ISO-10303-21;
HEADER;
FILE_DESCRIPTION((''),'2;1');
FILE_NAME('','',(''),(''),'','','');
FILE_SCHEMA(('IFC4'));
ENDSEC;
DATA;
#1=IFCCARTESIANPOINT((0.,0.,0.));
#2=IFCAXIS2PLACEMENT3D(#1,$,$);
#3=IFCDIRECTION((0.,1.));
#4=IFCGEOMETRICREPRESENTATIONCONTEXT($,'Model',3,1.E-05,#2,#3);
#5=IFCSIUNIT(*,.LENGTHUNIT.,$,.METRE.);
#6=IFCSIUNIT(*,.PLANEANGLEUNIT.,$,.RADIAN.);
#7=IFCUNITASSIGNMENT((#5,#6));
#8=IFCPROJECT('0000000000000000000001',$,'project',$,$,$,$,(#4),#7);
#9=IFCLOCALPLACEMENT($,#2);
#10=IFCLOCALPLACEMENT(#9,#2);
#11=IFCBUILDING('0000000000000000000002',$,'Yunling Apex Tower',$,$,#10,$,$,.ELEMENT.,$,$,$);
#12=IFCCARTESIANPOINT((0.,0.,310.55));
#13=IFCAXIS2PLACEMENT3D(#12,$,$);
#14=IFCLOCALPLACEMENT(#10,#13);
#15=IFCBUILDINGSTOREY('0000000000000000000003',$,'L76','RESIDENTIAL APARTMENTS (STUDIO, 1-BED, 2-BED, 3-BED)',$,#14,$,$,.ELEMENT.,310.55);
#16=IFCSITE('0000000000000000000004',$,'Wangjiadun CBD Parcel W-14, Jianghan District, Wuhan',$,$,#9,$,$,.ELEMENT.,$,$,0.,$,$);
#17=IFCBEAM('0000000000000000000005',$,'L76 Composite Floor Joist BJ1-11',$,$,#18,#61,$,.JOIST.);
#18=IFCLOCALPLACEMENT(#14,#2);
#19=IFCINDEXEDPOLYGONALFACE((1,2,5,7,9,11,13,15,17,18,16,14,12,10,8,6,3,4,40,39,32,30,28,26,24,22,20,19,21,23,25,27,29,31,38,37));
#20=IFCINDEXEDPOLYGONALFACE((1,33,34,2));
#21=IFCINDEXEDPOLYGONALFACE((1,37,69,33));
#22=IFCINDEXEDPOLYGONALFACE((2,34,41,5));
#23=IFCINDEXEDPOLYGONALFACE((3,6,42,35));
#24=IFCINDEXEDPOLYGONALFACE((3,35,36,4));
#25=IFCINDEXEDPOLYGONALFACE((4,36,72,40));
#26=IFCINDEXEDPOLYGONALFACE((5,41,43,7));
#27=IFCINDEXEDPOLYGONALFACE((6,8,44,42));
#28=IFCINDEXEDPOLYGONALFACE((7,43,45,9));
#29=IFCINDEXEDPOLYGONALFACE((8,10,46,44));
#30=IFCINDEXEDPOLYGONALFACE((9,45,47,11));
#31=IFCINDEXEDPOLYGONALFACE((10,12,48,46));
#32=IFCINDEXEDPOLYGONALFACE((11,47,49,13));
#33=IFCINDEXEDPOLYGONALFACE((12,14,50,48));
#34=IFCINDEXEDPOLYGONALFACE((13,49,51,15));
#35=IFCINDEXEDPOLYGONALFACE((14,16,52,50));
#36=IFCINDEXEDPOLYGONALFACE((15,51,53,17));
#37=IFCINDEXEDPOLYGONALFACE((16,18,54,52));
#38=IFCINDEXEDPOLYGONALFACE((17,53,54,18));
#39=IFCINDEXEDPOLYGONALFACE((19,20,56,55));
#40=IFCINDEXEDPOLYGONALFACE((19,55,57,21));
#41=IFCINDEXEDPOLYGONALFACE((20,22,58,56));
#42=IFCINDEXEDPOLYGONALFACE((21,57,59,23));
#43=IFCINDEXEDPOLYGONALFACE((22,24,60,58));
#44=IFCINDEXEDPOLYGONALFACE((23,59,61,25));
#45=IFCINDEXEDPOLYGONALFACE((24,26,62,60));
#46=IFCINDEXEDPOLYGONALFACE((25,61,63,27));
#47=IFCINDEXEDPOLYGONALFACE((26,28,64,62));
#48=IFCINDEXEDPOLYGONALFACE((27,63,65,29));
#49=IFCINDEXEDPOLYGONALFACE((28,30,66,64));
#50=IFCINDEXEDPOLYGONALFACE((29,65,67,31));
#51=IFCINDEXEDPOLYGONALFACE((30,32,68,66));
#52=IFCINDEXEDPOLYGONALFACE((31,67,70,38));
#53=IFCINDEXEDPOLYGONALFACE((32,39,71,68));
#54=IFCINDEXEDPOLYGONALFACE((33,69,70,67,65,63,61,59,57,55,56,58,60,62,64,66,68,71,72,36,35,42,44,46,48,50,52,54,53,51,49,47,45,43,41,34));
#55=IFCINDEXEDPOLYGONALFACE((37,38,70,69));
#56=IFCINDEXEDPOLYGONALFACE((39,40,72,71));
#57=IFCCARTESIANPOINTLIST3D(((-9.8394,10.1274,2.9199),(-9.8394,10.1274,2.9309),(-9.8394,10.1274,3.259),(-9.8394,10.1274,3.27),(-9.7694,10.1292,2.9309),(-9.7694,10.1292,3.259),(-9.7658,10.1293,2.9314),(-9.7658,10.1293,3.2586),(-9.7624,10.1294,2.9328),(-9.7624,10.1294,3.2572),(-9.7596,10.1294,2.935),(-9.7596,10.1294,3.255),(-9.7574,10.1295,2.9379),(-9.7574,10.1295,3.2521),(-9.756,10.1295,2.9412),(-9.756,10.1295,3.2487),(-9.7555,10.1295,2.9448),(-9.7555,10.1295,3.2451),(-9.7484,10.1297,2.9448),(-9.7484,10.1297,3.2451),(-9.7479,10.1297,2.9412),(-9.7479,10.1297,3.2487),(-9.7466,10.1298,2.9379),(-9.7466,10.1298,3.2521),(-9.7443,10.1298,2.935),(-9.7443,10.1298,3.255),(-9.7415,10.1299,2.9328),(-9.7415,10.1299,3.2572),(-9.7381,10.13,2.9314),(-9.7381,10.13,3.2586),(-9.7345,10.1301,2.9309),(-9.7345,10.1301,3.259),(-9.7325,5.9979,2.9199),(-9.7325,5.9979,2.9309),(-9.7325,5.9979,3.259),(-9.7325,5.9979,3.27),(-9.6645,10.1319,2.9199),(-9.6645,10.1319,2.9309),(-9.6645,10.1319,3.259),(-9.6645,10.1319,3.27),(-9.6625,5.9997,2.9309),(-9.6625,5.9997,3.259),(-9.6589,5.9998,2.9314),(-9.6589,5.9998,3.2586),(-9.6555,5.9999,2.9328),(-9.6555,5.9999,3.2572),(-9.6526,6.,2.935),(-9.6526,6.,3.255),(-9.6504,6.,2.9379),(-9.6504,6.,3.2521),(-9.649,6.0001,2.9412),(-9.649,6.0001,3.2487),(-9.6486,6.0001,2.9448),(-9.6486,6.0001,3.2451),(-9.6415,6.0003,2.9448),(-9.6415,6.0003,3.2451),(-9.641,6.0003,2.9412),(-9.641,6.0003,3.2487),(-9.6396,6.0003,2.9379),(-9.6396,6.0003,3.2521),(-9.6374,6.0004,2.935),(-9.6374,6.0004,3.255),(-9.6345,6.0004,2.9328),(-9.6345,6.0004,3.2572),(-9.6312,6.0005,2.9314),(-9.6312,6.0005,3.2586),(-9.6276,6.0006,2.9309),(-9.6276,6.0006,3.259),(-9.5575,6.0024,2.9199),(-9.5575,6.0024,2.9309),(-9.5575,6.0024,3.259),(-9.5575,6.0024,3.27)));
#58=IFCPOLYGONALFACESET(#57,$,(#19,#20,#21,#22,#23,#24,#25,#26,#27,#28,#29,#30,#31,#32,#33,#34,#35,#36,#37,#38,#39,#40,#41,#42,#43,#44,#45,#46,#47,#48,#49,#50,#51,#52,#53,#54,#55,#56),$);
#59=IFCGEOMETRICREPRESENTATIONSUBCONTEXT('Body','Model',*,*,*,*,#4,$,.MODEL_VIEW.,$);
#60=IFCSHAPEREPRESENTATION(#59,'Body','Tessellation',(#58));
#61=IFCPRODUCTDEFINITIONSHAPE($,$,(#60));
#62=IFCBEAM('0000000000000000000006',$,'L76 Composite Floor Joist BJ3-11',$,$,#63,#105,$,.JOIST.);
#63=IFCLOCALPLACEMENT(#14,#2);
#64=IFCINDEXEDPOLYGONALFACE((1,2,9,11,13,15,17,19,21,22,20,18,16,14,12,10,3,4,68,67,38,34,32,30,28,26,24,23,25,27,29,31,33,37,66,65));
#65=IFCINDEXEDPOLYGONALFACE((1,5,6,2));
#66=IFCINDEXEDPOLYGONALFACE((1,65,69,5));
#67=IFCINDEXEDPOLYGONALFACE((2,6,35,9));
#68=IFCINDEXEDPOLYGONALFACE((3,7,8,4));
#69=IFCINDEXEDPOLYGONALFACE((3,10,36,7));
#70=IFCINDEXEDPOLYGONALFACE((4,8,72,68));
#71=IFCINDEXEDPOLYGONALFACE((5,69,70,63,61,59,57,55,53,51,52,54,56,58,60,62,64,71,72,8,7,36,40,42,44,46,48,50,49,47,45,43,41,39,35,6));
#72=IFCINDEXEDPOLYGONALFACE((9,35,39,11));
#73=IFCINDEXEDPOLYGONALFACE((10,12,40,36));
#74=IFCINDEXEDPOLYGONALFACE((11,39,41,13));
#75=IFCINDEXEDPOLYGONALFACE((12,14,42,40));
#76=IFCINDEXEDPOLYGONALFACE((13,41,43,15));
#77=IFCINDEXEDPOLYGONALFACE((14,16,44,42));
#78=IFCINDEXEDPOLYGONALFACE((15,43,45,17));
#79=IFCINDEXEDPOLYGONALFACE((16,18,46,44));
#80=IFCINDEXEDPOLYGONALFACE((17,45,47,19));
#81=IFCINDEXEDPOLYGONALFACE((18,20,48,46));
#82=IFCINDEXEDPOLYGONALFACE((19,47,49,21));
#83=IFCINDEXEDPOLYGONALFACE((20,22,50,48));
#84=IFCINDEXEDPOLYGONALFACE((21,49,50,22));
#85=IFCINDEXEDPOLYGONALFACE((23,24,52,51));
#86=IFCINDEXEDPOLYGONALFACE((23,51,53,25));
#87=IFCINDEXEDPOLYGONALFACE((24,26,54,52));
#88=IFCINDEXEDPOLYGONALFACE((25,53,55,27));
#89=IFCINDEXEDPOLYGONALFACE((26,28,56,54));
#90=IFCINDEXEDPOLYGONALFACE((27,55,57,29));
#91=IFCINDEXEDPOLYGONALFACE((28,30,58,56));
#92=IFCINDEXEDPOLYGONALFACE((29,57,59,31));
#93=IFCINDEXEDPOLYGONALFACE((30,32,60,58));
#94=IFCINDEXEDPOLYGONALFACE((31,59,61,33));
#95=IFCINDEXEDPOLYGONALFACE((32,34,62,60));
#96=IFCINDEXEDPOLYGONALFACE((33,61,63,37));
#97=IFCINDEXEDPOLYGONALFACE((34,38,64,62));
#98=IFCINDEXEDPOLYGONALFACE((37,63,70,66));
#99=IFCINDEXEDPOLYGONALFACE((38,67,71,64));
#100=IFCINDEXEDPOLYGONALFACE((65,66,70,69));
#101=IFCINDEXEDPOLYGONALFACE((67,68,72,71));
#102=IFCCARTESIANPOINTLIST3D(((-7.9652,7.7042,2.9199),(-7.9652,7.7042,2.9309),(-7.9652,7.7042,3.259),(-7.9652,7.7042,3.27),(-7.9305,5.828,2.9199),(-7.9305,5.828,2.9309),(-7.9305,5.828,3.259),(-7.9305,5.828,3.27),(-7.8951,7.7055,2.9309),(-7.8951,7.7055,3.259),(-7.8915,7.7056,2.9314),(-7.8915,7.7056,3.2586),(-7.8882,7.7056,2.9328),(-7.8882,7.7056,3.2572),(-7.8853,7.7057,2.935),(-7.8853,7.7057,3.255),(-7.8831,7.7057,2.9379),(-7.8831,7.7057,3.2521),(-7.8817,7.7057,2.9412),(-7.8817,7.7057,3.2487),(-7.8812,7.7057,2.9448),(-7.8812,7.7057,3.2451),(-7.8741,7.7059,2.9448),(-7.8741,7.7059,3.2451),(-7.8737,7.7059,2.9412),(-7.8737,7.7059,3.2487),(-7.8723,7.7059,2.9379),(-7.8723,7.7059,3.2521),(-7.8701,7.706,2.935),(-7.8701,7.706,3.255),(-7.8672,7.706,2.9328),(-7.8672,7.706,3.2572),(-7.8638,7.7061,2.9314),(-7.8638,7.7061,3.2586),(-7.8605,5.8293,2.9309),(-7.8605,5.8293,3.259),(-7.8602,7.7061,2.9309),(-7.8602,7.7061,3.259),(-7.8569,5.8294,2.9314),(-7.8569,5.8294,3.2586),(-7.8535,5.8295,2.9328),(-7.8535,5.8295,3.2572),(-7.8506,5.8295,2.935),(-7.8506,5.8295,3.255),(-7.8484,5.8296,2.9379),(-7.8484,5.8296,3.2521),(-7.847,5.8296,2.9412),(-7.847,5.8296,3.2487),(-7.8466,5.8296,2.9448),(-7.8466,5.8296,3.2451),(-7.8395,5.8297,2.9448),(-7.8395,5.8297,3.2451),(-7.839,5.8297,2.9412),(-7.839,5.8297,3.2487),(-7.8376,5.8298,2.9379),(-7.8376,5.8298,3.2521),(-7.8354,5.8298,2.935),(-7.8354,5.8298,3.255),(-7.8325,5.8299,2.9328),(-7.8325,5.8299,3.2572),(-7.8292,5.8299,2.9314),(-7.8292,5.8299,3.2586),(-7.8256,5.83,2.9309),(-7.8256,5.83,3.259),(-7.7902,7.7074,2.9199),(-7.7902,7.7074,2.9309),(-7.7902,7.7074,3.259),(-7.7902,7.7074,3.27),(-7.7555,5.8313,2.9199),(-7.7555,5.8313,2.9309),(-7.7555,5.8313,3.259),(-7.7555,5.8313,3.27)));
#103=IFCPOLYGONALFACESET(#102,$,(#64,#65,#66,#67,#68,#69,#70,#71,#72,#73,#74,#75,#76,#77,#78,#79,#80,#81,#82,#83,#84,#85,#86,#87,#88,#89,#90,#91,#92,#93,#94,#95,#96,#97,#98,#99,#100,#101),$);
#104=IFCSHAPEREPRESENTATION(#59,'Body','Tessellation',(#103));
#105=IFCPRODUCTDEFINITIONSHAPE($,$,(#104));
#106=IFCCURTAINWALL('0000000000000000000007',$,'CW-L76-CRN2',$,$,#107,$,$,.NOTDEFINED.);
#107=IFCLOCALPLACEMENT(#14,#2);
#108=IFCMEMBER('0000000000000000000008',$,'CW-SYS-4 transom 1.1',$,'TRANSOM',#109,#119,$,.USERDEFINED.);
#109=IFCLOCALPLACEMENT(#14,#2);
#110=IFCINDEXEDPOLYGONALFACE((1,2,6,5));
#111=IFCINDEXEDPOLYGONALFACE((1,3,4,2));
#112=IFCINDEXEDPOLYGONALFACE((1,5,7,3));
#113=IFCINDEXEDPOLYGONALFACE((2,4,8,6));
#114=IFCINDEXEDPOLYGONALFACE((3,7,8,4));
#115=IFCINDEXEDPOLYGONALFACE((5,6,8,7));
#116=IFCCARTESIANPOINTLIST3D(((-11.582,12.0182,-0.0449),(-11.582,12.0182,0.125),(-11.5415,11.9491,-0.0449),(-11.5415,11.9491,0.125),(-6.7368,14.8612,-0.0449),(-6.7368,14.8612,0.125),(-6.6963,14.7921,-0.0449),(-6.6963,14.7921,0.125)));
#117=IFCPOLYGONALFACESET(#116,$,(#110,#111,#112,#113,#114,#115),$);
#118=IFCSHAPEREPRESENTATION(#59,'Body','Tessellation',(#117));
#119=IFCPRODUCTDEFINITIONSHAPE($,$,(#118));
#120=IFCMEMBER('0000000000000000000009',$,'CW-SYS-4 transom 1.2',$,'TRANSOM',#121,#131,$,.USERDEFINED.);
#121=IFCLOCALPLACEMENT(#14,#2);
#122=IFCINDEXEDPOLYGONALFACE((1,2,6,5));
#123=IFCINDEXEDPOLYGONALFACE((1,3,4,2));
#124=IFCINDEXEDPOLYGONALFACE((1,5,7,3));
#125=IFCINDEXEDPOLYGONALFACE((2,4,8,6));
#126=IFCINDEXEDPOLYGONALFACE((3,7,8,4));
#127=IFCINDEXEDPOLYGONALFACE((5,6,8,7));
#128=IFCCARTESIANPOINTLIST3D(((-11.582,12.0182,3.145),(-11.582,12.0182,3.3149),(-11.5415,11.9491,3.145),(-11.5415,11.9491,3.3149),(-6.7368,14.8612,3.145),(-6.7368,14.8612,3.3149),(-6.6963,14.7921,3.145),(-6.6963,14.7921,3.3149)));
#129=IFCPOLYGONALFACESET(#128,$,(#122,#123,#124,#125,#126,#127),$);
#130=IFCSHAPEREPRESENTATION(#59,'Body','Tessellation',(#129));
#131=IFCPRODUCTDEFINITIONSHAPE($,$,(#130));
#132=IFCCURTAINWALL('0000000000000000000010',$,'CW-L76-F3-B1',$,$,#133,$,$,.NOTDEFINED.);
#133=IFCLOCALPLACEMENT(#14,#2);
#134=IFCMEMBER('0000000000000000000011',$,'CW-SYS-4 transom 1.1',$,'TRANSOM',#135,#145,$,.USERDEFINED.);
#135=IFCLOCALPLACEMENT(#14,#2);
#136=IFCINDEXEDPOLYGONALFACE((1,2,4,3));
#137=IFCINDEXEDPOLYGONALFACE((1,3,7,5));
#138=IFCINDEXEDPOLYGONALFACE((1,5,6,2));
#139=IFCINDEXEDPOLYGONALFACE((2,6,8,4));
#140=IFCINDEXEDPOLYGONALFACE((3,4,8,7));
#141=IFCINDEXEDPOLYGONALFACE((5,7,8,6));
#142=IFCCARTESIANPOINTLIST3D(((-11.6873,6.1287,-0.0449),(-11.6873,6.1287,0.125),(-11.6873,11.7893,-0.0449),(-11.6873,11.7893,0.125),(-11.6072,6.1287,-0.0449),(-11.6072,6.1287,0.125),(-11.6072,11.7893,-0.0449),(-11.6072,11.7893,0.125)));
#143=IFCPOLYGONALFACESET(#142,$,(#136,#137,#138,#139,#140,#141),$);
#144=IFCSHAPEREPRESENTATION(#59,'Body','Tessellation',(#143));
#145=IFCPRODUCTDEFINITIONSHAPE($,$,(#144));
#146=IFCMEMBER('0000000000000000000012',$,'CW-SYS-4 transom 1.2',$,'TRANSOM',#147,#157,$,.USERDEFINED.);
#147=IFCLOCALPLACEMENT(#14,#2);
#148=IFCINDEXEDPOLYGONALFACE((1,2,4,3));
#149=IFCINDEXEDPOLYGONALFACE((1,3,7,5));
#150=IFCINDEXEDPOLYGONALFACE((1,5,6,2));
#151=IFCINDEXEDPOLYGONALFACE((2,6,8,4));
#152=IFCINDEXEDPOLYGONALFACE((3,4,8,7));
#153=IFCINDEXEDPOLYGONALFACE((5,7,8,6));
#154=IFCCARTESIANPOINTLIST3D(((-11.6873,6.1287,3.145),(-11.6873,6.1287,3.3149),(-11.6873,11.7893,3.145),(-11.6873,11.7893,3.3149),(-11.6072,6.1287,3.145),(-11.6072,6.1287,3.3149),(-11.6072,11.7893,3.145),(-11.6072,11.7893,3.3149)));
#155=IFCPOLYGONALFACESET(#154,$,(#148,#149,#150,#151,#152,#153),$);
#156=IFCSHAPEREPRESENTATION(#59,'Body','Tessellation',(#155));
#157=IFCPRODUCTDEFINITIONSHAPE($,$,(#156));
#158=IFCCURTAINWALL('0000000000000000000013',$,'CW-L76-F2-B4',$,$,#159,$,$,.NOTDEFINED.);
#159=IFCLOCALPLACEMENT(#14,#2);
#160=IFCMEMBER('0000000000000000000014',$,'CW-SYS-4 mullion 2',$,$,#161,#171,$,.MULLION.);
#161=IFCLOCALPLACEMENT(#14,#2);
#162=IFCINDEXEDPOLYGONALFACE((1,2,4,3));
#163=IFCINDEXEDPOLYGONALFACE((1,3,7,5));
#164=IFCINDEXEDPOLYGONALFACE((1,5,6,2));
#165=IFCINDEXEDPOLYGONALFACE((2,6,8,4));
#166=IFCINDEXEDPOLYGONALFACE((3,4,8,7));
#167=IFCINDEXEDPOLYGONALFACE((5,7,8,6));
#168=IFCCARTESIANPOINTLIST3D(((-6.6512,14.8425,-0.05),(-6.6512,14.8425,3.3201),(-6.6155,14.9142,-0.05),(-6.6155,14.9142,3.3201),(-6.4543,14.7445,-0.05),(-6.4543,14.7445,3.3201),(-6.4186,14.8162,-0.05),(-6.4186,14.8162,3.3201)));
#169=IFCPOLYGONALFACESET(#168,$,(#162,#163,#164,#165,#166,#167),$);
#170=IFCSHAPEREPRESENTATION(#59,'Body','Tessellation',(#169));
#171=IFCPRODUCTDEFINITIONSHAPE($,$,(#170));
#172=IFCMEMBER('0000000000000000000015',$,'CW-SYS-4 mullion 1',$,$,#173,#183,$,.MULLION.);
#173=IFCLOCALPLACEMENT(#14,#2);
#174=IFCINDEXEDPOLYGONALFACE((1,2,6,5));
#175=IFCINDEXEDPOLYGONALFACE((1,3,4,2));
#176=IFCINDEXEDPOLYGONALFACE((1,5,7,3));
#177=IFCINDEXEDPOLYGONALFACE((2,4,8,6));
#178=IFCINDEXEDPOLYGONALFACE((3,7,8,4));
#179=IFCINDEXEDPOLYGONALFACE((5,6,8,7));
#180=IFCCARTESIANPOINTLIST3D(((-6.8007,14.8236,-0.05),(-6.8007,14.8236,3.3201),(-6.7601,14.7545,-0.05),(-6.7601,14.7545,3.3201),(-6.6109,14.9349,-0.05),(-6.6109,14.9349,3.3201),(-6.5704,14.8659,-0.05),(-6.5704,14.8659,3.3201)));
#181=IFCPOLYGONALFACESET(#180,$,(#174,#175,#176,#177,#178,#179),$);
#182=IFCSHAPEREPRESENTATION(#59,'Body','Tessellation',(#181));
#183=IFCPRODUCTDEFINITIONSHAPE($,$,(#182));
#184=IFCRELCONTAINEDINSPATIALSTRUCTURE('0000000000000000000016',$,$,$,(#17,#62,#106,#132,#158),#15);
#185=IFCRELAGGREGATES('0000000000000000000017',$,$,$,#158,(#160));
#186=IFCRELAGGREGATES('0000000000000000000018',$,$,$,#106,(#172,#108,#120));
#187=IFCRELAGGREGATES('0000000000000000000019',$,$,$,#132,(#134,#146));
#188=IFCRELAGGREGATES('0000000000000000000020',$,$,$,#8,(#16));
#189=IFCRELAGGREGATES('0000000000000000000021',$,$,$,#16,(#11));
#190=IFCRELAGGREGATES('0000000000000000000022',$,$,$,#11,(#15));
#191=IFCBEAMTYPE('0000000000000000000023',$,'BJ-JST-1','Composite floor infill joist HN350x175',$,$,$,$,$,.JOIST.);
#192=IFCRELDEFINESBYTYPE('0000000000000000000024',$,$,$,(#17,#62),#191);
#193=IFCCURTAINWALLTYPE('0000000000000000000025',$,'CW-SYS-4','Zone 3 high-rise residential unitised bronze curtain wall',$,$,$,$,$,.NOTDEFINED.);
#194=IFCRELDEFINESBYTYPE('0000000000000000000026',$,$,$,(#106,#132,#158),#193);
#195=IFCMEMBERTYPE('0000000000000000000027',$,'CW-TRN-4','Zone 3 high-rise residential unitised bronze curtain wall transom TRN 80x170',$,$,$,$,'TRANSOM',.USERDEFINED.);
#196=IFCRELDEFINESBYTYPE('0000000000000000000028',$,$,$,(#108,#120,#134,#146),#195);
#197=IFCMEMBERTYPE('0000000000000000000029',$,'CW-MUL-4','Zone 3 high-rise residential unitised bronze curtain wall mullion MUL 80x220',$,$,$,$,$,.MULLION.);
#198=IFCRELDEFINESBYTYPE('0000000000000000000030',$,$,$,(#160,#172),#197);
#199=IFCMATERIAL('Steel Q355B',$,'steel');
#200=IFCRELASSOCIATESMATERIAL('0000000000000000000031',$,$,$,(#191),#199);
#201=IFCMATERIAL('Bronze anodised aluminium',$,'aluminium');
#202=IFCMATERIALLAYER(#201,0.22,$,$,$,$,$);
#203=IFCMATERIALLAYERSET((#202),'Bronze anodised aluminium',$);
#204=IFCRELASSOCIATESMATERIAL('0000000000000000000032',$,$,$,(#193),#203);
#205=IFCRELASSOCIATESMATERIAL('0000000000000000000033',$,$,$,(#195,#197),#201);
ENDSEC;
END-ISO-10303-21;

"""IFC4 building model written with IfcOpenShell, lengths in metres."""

from ifc_helpers import new_model, si_unit, direction, frame, origin, origin_2d, place, context, subcontext, project, spatial, rectangle, i_section, extrude, source, transform, mapped, material, layer, layer_set, material_profile, profile_set, type_object, element, aggregate, save


model = new_model("IFC4")

# Units and contexts
model_context = context("Model", 3, precision=1e-05, world=origin(), true_north=direction((0.0, 1.0)))
body_context = subcontext(model_context, "Body", "Model", "MODEL_VIEW")
ifc_project = project(units=[si_unit("LENGTHUNIT", "METRE"), si_unit("PLANEANGLEUNIT", "RADIAN")], contexts=[model_context])

# Site, building, storey
site_placement = place(None, origin())
site = spatial("IfcSite", under=ifc_project, at=site_placement, Name="Wangjiadun CBD Parcel W-14, Jianghan District, Wuhan", CompositionType="ELEMENT", RefElevation=0.0)
building_placement = place(site_placement, origin())
building = spatial("IfcBuilding", under=site, at=building_placement, Name="Yunling Apex Tower", CompositionType="ELEMENT")
storey_placement = place(building_placement, frame((0.0, 0.0, 310.55)))
storey = spatial("IfcBuildingStorey", under=building, at=storey_placement, Name="L76", Description="RESIDENTIAL APARTMENTS (STUDIO, 1-BED, 2-BED, 3-BED)", CompositionType="ELEMENT", Elevation=310.55)

# Shared definitions
ifc_material_1 = material(Name="Steel Q355B", Category="steel")

# Beams
ifc_material_profile_1 = material_profile(ifc_material_1, i_section(OverallWidth=0.175, OverallDepth=0.3501, WebThickness=0.0071, FlangeThickness=0.011, FilletRadius=0.0139, at=origin_2d()))
ifc_profile_set_1 = profile_set([ifc_material_profile_1], Name="Steel Q355B")
beam_type_1 = type_object("IfcBeamType", Name="BJ-JST-1", Description="Composite floor infill joist HN350x175", PredefinedType="JOIST", material=ifc_profile_set_1)
shared_shape_1 = source(origin(), body_context, "Body", "SweptSolid", [
    extrude(i_section(OverallWidth=0.175, OverallDepth=0.3501, WebThickness=0.0071, FlangeThickness=0.011, FilletRadius=0.0139, at=origin_2d()), origin(), (0.0, 0.0, 1.0), 4.1309),
])
beam_1_placement = place(storey_placement, frame((-9.752, 10.1296, 3.095), z_axis=(0.025887, -0.999665, 0.0), x_axis=(0.999665, 0.025887, 0.0)))
element("IfcBeam", 1, at=beam_1_placement, inside=storey, type_object=beam_type_1, Name="L76 Composite Floor Joist BJ1-11", PredefinedType="JOIST", context=body_context, shape_type="MappedRepresentation", body=[
    mapped(shared_shape_1, transform((0.0, 0.0, 0.0), scale=1.0)),
])
shared_shape_2 = source(origin(), body_context, "Body", "SweptSolid", [
    extrude(i_section(OverallWidth=0.175, OverallDepth=0.3501, WebThickness=0.0071, FlangeThickness=0.011, FilletRadius=0.0139, at=origin_2d()), origin(), (0.0, 0.0, 1.0), 1.8765),
])
beam_2_placement = place(storey_placement, frame((-7.8777, 7.7058, 3.095), z_axis=(0.018474, -0.999829, 0.0), x_axis=(0.999829, 0.018474, 0.0)))
element("IfcBeam", 2, at=beam_2_placement, inside=storey, type_object=beam_type_1, Name="L76 Composite Floor Joist BJ3-11", PredefinedType="JOIST", context=body_context, shape_type="MappedRepresentation", body=[
    mapped(shared_shape_2, transform((0.0, 0.0, 0.0), scale=1.0)),
])

# Curtain walls, members
ifc_material_2 = material(Name="Bronze anodised aluminium", Category="aluminium")
ifc_layer_1 = layer(ifc_material_2, 0.22)
ifc_layer_set_1 = layer_set([ifc_layer_1], Name="Bronze anodised aluminium")
curtain_wall_type = type_object("IfcCurtainWallType", Name="CW-SYS-4", Description="Zone 3 high-rise residential unitised bronze curtain wall", PredefinedType="NOTDEFINED", material=ifc_layer_set_1)
curtain_wall_1_placement = place(storey_placement, origin())
curtain_wall_1 = element("IfcCurtainWall", 3, at=curtain_wall_1_placement, inside=storey, type_object=curtain_wall_type, Name="CW-L76-CRN2", PredefinedType="NOTDEFINED")
ifc_material_profile_2 = material_profile(ifc_material_2, rectangle(XDim=0.0801, YDim=0.1699, at=origin_2d()))
ifc_profile_set_2 = profile_set([ifc_material_profile_2], Name="Bronze anodised aluminium")
member_type_1 = type_object("IfcMemberType", Name="CW-TRN-4", Description="Zone 3 high-rise residential unitised bronze curtain wall transom TRN 80x170", ElementType="TRANSOM", PredefinedType="USERDEFINED", material=ifc_profile_set_2)
shared_shape_3 = source(origin(), body_context, "Body", "SweptSolid", [
    extrude(rectangle(XDim=0.0801, YDim=0.1699, at=origin_2d()), origin(), (0.0, 0.0, 1.0), 5.6177),
])
member_1_placement = place(storey_placement, frame((-6.7166, 14.8267, 0.04), z_axis=(-0.862487, -0.50608, 0.0), x_axis=(0.50608, -0.862487, 0.0)))
member_1 = element("IfcMember", 4, at=member_1_placement, type_object=member_type_1, Name="CW-SYS-4 transom 1.1", ObjectType="TRANSOM", PredefinedType="USERDEFINED", context=body_context, shape_type="MappedRepresentation", body=[
    mapped(shared_shape_3, transform((0.0, 0.0, 0.0), scale=1.0)),
])
member_2_placement = place(storey_placement, frame((-6.7166, 14.8267, 3.23), z_axis=(-0.862487, -0.50608, 0.0), x_axis=(0.50608, -0.862487, 0.0)))
member_2 = element("IfcMember", 5, at=member_2_placement, type_object=member_type_1, Name="CW-SYS-4 transom 1.2", ObjectType="TRANSOM", PredefinedType="USERDEFINED", context=body_context, shape_type="MappedRepresentation", body=[
    mapped(shared_shape_3, transform((0.0, 0.0, 0.0), scale=1.0)),
])
curtain_wall_2_placement = place(storey_placement, origin())
curtain_wall_2 = element("IfcCurtainWall", 6, at=curtain_wall_2_placement, inside=storey, type_object=curtain_wall_type, Name="CW-L76-F3-B1", PredefinedType="NOTDEFINED")
shared_shape_4 = source(origin(), body_context, "Body", "SweptSolid", [
    extrude(rectangle(XDim=0.0801, YDim=0.1699, at=origin_2d()), origin(), (0.0, 0.0, 1.0), 5.6606),
])
member_3_placement = place(storey_placement, frame((-11.6472, 11.7893, 0.04), z_axis=(0.0, -1.0, 0.0), x_axis=(1.0, 0.0, 0.0)))
member_3 = element("IfcMember", 7, at=member_3_placement, type_object=member_type_1, Name="CW-SYS-4 transom 1.1", ObjectType="TRANSOM", PredefinedType="USERDEFINED", context=body_context, shape_type="MappedRepresentation", body=[
    mapped(shared_shape_4, transform((0.0, 0.0, 0.0), scale=1.0)),
])
member_4_placement = place(storey_placement, frame((-11.6472, 11.7893, 3.23), z_axis=(0.0, -1.0, 0.0), x_axis=(1.0, 0.0, 0.0)))
member_4 = element("IfcMember", 8, at=member_4_placement, type_object=member_type_1, Name="CW-SYS-4 transom 1.2", ObjectType="TRANSOM", PredefinedType="USERDEFINED", context=body_context, shape_type="MappedRepresentation", body=[
    mapped(shared_shape_4, transform((0.0, 0.0, 0.0), scale=1.0)),
])

# Curtain wall, member
curtain_wall_3_placement = place(storey_placement, origin())
curtain_wall_3 = element("IfcCurtainWall", 9, at=curtain_wall_3_placement, inside=storey, type_object=curtain_wall_type, Name="CW-L76-F2-B4", PredefinedType="NOTDEFINED")
ifc_material_profile_3 = material_profile(ifc_material_2, rectangle(XDim=0.0801, YDim=0.22, at=origin_2d()))
ifc_profile_set_3 = profile_set([ifc_material_profile_3], Name="Bronze anodised aluminium")
member_type_2 = type_object("IfcMemberType", Name="CW-MUL-4", Description="Zone 3 high-rise residential unitised bronze curtain wall mullion MUL 80x220", PredefinedType="MULLION", material=ifc_profile_set_3)
shared_shape_5 = source(origin(), body_context, "Body", "SweptSolid", [
    extrude(rectangle(XDim=0.0801, YDim=0.22, at=origin_2d()), origin(), (0.0, 0.0, 1.0), 3.3701),
])
member_5_placement = place(storey_placement, frame((-6.5349, 14.8293, -0.05), z_axis=(0.0, 0.0, 1.0), x_axis=(-0.445568, -0.895248, 0.0)))
member_5 = element("IfcMember", 10, at=member_5_placement, type_object=member_type_2, Name="CW-SYS-4 mullion 2", PredefinedType="MULLION", context=body_context, shape_type="MappedRepresentation", body=[
    mapped(shared_shape_5, transform((0.0, 0.0, 0.0), scale=1.0)),
])

# Member
member_6_placement = place(storey_placement, frame((-6.6855, 14.8447, -0.05), z_axis=(0.0, 0.0, 1.0), x_axis=(0.506057, -0.8625, 0.0)))
member_6 = element("IfcMember", 11, at=member_6_placement, type_object=member_type_2, Name="CW-SYS-4 mullion 1", PredefinedType="MULLION", context=body_context, shape_type="MappedRepresentation", body=[
    mapped(shared_shape_5, transform((0.0, 0.0, 0.0), scale=1.0)),
])

aggregate(curtain_wall_3, [member_5])
aggregate(curtain_wall_1, [member_6, member_1, member_2])
aggregate(curtain_wall_2, [member_3, member_4])

save(model, "model.ifc")
